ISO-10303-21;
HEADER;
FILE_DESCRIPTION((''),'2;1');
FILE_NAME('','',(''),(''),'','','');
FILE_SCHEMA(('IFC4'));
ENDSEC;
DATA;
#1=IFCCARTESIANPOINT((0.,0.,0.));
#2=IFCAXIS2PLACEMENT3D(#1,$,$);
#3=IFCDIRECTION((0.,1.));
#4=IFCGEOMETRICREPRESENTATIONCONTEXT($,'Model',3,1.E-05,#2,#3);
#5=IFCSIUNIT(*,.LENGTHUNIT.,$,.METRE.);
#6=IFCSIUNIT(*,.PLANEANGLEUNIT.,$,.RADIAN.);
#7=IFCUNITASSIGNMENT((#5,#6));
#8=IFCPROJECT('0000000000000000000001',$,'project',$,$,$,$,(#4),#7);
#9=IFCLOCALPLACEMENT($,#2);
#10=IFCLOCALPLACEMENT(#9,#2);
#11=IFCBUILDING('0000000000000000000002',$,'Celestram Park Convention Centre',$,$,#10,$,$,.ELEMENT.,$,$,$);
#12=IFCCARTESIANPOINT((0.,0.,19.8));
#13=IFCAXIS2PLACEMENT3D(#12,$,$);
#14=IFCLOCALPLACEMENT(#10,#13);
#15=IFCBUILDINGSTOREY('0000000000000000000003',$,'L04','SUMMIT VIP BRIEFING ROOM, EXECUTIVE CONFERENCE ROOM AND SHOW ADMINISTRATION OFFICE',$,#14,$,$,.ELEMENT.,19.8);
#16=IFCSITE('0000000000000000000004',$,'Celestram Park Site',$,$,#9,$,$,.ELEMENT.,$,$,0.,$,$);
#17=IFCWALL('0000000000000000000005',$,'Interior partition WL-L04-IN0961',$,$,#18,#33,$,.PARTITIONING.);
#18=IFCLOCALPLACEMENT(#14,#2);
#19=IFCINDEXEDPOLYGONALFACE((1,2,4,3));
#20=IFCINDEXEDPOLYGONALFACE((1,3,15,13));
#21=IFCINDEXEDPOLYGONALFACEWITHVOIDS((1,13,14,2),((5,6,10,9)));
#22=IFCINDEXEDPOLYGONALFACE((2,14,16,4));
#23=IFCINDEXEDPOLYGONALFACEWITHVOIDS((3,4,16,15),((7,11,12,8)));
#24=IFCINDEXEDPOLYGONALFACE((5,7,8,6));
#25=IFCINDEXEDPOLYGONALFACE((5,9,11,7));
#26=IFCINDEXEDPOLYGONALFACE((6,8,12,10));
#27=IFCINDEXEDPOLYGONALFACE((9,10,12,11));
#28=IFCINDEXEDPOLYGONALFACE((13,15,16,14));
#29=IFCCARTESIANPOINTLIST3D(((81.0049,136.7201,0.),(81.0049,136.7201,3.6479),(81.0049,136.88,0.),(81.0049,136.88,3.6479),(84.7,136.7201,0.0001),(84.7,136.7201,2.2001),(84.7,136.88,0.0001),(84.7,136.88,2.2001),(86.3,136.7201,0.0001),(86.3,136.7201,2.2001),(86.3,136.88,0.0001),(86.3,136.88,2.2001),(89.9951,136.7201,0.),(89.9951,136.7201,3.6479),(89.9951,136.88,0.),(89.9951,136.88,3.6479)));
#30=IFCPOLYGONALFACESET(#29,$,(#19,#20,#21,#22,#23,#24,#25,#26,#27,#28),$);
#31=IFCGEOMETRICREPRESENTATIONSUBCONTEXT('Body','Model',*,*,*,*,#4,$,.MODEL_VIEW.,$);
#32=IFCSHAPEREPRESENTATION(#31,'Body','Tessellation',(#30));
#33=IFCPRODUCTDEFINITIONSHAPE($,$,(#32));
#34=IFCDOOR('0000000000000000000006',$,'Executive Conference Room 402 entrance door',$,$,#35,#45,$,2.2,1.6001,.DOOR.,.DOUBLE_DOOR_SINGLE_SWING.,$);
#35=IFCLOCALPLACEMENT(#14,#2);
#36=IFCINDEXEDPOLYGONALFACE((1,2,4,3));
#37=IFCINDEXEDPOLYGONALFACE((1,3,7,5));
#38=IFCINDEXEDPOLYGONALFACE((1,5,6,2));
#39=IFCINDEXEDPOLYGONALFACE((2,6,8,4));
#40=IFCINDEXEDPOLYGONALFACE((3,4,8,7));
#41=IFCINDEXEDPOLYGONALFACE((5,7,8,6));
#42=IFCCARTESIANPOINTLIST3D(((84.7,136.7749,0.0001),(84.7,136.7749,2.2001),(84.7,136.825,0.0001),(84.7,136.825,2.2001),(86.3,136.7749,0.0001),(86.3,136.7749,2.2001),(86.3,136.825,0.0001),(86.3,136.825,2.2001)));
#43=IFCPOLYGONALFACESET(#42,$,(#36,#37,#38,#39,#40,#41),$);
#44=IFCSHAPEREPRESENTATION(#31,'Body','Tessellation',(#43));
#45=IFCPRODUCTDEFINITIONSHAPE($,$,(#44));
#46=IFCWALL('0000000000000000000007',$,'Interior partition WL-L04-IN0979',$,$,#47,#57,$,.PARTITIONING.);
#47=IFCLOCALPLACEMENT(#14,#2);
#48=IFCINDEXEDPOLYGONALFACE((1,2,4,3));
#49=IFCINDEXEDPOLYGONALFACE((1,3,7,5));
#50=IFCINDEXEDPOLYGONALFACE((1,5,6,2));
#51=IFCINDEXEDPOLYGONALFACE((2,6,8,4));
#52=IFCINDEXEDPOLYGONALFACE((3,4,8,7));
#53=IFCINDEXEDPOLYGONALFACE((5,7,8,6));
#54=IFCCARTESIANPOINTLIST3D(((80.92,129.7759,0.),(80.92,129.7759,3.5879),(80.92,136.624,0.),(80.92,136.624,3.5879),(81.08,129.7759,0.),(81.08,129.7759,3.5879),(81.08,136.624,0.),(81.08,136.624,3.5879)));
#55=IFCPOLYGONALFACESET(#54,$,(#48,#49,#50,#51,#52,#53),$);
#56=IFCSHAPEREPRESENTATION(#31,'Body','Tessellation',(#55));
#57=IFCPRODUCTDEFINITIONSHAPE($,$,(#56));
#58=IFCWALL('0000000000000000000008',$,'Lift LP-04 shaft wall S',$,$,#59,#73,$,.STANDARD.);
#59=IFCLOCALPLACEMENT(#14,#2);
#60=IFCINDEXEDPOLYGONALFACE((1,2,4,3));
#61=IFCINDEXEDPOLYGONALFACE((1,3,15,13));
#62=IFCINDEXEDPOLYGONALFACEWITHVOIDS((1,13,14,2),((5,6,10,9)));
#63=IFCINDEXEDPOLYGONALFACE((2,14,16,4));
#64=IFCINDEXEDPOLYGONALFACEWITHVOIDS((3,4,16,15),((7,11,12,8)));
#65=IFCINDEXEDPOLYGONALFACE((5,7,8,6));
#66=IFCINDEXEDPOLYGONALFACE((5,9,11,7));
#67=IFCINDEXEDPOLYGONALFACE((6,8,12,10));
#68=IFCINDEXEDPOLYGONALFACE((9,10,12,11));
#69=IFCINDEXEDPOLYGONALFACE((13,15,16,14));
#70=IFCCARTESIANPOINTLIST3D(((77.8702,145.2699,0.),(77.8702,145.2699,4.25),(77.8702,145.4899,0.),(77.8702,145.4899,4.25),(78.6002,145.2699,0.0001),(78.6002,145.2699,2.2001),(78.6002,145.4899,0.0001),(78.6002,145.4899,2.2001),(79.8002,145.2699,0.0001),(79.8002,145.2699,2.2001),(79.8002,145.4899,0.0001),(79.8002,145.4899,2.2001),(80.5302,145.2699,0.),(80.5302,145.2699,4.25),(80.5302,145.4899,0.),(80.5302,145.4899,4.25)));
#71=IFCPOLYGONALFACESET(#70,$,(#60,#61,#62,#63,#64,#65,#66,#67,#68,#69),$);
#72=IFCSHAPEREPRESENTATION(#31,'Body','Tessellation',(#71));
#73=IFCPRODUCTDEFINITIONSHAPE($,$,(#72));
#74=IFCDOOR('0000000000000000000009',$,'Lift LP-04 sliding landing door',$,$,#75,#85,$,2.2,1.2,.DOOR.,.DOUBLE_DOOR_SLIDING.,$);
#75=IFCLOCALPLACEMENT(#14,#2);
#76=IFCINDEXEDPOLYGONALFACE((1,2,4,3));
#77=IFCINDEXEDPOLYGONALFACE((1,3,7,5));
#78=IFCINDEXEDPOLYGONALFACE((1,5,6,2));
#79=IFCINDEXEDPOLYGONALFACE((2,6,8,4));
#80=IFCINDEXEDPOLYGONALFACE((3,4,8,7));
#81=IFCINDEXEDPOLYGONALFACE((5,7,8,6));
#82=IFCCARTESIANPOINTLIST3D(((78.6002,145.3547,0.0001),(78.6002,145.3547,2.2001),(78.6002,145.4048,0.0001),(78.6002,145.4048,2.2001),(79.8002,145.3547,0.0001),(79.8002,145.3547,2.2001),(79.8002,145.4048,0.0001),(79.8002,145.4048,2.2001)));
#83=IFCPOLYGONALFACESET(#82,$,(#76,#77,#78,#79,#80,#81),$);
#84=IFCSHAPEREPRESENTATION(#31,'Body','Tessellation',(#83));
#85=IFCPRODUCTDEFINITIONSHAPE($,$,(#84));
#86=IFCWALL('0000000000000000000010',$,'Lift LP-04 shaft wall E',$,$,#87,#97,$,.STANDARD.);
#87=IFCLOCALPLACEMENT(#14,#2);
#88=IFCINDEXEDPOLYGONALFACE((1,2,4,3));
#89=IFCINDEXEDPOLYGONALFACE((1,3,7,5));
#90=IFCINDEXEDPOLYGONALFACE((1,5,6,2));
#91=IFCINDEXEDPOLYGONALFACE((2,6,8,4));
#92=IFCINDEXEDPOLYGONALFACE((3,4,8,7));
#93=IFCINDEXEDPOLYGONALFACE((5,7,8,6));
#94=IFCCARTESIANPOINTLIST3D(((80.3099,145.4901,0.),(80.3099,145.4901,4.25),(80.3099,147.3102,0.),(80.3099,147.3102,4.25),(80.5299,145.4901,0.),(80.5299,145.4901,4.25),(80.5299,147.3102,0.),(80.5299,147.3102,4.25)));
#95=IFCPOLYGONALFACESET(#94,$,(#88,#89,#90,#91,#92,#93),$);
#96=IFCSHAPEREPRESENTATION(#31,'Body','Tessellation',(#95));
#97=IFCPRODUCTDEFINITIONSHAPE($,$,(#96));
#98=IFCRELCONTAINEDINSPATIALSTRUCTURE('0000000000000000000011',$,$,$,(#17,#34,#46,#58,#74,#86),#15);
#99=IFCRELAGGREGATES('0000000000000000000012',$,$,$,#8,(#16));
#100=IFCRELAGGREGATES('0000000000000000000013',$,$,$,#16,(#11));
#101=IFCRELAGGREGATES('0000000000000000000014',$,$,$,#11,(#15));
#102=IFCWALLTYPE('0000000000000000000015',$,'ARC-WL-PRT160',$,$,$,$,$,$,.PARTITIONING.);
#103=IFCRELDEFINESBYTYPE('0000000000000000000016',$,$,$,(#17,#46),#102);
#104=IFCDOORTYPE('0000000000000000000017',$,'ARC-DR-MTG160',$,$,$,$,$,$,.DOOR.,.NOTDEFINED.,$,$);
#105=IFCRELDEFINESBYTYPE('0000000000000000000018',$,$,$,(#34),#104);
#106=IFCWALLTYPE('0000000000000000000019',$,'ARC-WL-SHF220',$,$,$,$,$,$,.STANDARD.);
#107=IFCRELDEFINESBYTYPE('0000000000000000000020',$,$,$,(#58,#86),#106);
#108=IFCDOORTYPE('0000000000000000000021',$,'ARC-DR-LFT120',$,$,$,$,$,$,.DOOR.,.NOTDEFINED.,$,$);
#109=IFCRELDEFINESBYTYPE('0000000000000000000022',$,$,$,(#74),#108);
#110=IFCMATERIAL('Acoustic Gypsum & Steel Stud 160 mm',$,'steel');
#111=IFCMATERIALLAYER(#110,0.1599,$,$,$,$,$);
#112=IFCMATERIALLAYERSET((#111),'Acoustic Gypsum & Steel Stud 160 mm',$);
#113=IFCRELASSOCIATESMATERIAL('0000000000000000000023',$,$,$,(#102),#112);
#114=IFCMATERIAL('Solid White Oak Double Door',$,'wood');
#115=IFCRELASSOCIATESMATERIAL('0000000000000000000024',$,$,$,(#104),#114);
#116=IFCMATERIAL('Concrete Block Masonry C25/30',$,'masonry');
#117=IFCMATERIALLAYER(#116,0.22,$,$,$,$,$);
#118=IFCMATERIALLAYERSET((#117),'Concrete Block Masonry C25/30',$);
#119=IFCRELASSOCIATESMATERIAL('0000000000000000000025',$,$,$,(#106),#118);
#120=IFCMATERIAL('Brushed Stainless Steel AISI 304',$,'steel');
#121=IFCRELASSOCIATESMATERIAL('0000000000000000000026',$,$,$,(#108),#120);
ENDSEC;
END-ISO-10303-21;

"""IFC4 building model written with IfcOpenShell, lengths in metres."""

from ifc_helpers import new_model, si_unit, direction, frame, frame_2d, origin, place, context, subcontext, project, spatial, rectangle, extrude, material, layer, layer_set, type_object, element, fill, save


model = new_model("IFC4")

# Units and contexts
model_context = context("Model", 3, precision=1e-05, world=origin(), true_north=direction((0.0, 1.0)))
body_context = subcontext(model_context, "Body", "Model", "MODEL_VIEW")
ifc_project = project(units=[si_unit("LENGTHUNIT", "METRE"), si_unit("PLANEANGLEUNIT", "RADIAN")], contexts=[model_context])

# Site, building, storey
site_placement = place(None, origin())
site = spatial("IfcSite", under=ifc_project, at=site_placement, Name="Celestram Park Site", CompositionType="ELEMENT", RefElevation=0.0)
building_placement = place(site_placement, origin())
building = spatial("IfcBuilding", under=site, at=building_placement, Name="Celestram Park Convention Centre", CompositionType="ELEMENT")
storey_placement = place(building_placement, frame((0.0, 0.0, 19.8)))
storey = spatial("IfcBuildingStorey", under=building, at=storey_placement, Name="L04", Description="SUMMIT VIP BRIEFING ROOM, EXECUTIVE CONFERENCE ROOM AND SHOW ADMINISTRATION OFFICE", CompositionType="ELEMENT", Elevation=19.8)

# Shared definitions
ifc_material_1 = material(Name="Concrete Block Masonry C25/30", Category="masonry")

# Wall, opening, door
ifc_material_2 = material(Name="Acoustic Gypsum & Steel Stud 160 mm", Category="steel")
ifc_layer_1 = layer(ifc_material_2, 0.1599)
ifc_layer_set_1 = layer_set([ifc_layer_1], Name="Acoustic Gypsum & Steel Stud 160 mm")
wall_type_1 = type_object("IfcWallType", Name="ARC-WL-PRT160", PredefinedType="PARTITIONING", material=ifc_layer_set_1)
wall_1_placement = place(storey_placement, frame((81.0049, 136.8, 0.0), z_axis=(0.0, 0.0, 1.0), x_axis=(1.0, 0.0, 0.0)))
wall_1 = element("IfcWall", 1, at=wall_1_placement, inside=storey, type_object=wall_type_1, Name="Interior partition WL-L04-IN0961", PredefinedType="PARTITIONING", context=body_context, shape_type="SweptSolid", body=[
    extrude(rectangle(XDim=8.9902, YDim=0.1599, at=frame_2d((4.4951, 0.0))), origin(), (0.0, 0.0, 1.0), 3.6479),
])
opening_1_placement = place(wall_1_placement, frame((3.6951, 0.0, 0.0)))
opening_1 = element("IfcOpeningElement", 2, at=opening_1_placement, cuts=wall_1, PredefinedType="OPENING", context=body_context, shape_type="SweptSolid", body=[
    extrude(rectangle(XDim=1.6001, YDim=2.2, at=frame_2d((0.8, 1.1001))), frame((0.0, 0.0898, 0.0), z_axis=(0.0, -1.0, 0.0), x_axis=(1.0, 0.0, 0.0)), (0.0, 0.0, 1.0), 0.1799),
])
ifc_material_3 = material(Name="Solid White Oak Double Door", Category="wood")
door_type_1 = type_object("IfcDoorType", Name="ARC-DR-MTG160", OperationType="NOTDEFINED", PredefinedType="DOOR", material=ifc_material_3)
door_1_placement = place(opening_1_placement, origin())
door_1 = element("IfcDoor", 3, at=door_1_placement, inside=storey, type_object=door_type_1, Name="Executive Conference Room 402 entrance door", OperationType="DOUBLE_DOOR_SINGLE_SWING", OverallHeight=2.2, OverallWidth=1.6001, PredefinedType="DOOR", context=body_context, shape_type="SweptSolid", body=[
    extrude(rectangle(XDim=1.6001, YDim=2.2, at=frame_2d((0.8, 1.1001))), frame((0.0, 0.0249, 0.0), z_axis=(0.0, -1.0, 0.0), x_axis=(1.0, 0.0, 0.0)), (0.0, 0.0, 1.0), 0.05),
])
fill(opening_1, door_1)

# Wall
wall_2_placement = place(storey_placement, frame((81.0, 129.7759, 0.0), z_axis=(0.0, 0.0, 1.0), x_axis=(0.0, 1.0, 0.0)))
element("IfcWall", 4, at=wall_2_placement, inside=storey, type_object=wall_type_1, Name="Interior partition WL-L04-IN0979", PredefinedType="PARTITIONING", context=body_context, shape_type="SweptSolid", body=[
    extrude(rectangle(XDim=6.8481, YDim=0.1599, at=frame_2d((3.4241, 0.0))), origin(), (0.0, 0.0, 1.0), 3.5879),
])

# Wall, opening, door
ifc_layer_2 = layer(ifc_material_1, 0.22)
ifc_layer_set_2 = layer_set([ifc_layer_2], Name="Concrete Block Masonry C25/30")
wall_type_2 = type_object("IfcWallType", Name="ARC-WL-SHF220", PredefinedType="STANDARD", material=ifc_layer_set_2)
wall_3_placement = place(storey_placement, frame((77.8701, 145.3799, 0.0), z_axis=(0.0, 0.0, 1.0), x_axis=(1.0, 0.0, 0.0)))
wall_3 = element("IfcWall", 5, at=wall_3_placement, inside=storey, type_object=wall_type_2, Name="Lift LP-04 shaft wall S", PredefinedType="STANDARD", context=body_context, shape_type="SweptSolid", body=[
    extrude(rectangle(XDim=2.6599, YDim=0.22, at=frame_2d((1.3301, 0.0))), origin(), (0.0, 0.0, 1.0), 4.25),
])
opening_2_placement = place(wall_3_placement, frame((0.73, 0.0, 0.0)))
opening_2 = element("IfcOpeningElement", 6, at=opening_2_placement, cuts=wall_3, PredefinedType="OPENING", context=body_context, shape_type="SweptSolid", body=[
    extrude(rectangle(XDim=1.2, YDim=2.2, at=frame_2d((0.6001, 1.1001))), frame((0.0, 0.1199, 0.0), z_axis=(0.0, -1.0, 0.0), x_axis=(1.0, 0.0, 0.0)), (0.0, 0.0, 1.0), 0.24),
])
ifc_material_4 = material(Name="Brushed Stainless Steel AISI 304", Category="steel")
door_type_2 = type_object("IfcDoorType", Name="ARC-DR-LFT120", OperationType="NOTDEFINED", PredefinedType="DOOR", material=ifc_material_4)
door_2_placement = place(opening_2_placement, origin())
door_2 = element("IfcDoor", 7, at=door_2_placement, inside=storey, type_object=door_type_2, Name="Lift LP-04 sliding landing door", OperationType="DOUBLE_DOOR_SLIDING", OverallHeight=2.2, OverallWidth=1.2, PredefinedType="DOOR", context=body_context, shape_type="SweptSolid", body=[
    extrude(rectangle(XDim=1.2, YDim=2.2, at=frame_2d((0.6001, 1.1001))), frame((0.0, 0.0249, 0.0), z_axis=(0.0, -1.0, 0.0), x_axis=(1.0, 0.0, 0.0)), (0.0, 0.0, 1.0), 0.05),
])
fill(opening_2, door_2)

# Wall
for number, where, z_axis, x_axis, name in (
    (8, (80.4199, 145.49, 0.0), (0.0, 0.0, 1.0), (0.0, 1.0, 0.0), "Lift LP-04 shaft wall E"),
):
    element("IfcWall", number, at=place(storey_placement, frame(where, z_axis=z_axis, x_axis=x_axis)), inside=storey, type_object=wall_type_2, Name=name, PredefinedType="STANDARD", context=body_context, shape_type="SweptSolid", body=[
        extrude(rectangle(XDim=1.8201, YDim=0.22, at=frame_2d((0.9102, 0.0))), origin(), (0.0, 0.0, 1.0), 4.25),
    ])

save(model, "model.ifc")
